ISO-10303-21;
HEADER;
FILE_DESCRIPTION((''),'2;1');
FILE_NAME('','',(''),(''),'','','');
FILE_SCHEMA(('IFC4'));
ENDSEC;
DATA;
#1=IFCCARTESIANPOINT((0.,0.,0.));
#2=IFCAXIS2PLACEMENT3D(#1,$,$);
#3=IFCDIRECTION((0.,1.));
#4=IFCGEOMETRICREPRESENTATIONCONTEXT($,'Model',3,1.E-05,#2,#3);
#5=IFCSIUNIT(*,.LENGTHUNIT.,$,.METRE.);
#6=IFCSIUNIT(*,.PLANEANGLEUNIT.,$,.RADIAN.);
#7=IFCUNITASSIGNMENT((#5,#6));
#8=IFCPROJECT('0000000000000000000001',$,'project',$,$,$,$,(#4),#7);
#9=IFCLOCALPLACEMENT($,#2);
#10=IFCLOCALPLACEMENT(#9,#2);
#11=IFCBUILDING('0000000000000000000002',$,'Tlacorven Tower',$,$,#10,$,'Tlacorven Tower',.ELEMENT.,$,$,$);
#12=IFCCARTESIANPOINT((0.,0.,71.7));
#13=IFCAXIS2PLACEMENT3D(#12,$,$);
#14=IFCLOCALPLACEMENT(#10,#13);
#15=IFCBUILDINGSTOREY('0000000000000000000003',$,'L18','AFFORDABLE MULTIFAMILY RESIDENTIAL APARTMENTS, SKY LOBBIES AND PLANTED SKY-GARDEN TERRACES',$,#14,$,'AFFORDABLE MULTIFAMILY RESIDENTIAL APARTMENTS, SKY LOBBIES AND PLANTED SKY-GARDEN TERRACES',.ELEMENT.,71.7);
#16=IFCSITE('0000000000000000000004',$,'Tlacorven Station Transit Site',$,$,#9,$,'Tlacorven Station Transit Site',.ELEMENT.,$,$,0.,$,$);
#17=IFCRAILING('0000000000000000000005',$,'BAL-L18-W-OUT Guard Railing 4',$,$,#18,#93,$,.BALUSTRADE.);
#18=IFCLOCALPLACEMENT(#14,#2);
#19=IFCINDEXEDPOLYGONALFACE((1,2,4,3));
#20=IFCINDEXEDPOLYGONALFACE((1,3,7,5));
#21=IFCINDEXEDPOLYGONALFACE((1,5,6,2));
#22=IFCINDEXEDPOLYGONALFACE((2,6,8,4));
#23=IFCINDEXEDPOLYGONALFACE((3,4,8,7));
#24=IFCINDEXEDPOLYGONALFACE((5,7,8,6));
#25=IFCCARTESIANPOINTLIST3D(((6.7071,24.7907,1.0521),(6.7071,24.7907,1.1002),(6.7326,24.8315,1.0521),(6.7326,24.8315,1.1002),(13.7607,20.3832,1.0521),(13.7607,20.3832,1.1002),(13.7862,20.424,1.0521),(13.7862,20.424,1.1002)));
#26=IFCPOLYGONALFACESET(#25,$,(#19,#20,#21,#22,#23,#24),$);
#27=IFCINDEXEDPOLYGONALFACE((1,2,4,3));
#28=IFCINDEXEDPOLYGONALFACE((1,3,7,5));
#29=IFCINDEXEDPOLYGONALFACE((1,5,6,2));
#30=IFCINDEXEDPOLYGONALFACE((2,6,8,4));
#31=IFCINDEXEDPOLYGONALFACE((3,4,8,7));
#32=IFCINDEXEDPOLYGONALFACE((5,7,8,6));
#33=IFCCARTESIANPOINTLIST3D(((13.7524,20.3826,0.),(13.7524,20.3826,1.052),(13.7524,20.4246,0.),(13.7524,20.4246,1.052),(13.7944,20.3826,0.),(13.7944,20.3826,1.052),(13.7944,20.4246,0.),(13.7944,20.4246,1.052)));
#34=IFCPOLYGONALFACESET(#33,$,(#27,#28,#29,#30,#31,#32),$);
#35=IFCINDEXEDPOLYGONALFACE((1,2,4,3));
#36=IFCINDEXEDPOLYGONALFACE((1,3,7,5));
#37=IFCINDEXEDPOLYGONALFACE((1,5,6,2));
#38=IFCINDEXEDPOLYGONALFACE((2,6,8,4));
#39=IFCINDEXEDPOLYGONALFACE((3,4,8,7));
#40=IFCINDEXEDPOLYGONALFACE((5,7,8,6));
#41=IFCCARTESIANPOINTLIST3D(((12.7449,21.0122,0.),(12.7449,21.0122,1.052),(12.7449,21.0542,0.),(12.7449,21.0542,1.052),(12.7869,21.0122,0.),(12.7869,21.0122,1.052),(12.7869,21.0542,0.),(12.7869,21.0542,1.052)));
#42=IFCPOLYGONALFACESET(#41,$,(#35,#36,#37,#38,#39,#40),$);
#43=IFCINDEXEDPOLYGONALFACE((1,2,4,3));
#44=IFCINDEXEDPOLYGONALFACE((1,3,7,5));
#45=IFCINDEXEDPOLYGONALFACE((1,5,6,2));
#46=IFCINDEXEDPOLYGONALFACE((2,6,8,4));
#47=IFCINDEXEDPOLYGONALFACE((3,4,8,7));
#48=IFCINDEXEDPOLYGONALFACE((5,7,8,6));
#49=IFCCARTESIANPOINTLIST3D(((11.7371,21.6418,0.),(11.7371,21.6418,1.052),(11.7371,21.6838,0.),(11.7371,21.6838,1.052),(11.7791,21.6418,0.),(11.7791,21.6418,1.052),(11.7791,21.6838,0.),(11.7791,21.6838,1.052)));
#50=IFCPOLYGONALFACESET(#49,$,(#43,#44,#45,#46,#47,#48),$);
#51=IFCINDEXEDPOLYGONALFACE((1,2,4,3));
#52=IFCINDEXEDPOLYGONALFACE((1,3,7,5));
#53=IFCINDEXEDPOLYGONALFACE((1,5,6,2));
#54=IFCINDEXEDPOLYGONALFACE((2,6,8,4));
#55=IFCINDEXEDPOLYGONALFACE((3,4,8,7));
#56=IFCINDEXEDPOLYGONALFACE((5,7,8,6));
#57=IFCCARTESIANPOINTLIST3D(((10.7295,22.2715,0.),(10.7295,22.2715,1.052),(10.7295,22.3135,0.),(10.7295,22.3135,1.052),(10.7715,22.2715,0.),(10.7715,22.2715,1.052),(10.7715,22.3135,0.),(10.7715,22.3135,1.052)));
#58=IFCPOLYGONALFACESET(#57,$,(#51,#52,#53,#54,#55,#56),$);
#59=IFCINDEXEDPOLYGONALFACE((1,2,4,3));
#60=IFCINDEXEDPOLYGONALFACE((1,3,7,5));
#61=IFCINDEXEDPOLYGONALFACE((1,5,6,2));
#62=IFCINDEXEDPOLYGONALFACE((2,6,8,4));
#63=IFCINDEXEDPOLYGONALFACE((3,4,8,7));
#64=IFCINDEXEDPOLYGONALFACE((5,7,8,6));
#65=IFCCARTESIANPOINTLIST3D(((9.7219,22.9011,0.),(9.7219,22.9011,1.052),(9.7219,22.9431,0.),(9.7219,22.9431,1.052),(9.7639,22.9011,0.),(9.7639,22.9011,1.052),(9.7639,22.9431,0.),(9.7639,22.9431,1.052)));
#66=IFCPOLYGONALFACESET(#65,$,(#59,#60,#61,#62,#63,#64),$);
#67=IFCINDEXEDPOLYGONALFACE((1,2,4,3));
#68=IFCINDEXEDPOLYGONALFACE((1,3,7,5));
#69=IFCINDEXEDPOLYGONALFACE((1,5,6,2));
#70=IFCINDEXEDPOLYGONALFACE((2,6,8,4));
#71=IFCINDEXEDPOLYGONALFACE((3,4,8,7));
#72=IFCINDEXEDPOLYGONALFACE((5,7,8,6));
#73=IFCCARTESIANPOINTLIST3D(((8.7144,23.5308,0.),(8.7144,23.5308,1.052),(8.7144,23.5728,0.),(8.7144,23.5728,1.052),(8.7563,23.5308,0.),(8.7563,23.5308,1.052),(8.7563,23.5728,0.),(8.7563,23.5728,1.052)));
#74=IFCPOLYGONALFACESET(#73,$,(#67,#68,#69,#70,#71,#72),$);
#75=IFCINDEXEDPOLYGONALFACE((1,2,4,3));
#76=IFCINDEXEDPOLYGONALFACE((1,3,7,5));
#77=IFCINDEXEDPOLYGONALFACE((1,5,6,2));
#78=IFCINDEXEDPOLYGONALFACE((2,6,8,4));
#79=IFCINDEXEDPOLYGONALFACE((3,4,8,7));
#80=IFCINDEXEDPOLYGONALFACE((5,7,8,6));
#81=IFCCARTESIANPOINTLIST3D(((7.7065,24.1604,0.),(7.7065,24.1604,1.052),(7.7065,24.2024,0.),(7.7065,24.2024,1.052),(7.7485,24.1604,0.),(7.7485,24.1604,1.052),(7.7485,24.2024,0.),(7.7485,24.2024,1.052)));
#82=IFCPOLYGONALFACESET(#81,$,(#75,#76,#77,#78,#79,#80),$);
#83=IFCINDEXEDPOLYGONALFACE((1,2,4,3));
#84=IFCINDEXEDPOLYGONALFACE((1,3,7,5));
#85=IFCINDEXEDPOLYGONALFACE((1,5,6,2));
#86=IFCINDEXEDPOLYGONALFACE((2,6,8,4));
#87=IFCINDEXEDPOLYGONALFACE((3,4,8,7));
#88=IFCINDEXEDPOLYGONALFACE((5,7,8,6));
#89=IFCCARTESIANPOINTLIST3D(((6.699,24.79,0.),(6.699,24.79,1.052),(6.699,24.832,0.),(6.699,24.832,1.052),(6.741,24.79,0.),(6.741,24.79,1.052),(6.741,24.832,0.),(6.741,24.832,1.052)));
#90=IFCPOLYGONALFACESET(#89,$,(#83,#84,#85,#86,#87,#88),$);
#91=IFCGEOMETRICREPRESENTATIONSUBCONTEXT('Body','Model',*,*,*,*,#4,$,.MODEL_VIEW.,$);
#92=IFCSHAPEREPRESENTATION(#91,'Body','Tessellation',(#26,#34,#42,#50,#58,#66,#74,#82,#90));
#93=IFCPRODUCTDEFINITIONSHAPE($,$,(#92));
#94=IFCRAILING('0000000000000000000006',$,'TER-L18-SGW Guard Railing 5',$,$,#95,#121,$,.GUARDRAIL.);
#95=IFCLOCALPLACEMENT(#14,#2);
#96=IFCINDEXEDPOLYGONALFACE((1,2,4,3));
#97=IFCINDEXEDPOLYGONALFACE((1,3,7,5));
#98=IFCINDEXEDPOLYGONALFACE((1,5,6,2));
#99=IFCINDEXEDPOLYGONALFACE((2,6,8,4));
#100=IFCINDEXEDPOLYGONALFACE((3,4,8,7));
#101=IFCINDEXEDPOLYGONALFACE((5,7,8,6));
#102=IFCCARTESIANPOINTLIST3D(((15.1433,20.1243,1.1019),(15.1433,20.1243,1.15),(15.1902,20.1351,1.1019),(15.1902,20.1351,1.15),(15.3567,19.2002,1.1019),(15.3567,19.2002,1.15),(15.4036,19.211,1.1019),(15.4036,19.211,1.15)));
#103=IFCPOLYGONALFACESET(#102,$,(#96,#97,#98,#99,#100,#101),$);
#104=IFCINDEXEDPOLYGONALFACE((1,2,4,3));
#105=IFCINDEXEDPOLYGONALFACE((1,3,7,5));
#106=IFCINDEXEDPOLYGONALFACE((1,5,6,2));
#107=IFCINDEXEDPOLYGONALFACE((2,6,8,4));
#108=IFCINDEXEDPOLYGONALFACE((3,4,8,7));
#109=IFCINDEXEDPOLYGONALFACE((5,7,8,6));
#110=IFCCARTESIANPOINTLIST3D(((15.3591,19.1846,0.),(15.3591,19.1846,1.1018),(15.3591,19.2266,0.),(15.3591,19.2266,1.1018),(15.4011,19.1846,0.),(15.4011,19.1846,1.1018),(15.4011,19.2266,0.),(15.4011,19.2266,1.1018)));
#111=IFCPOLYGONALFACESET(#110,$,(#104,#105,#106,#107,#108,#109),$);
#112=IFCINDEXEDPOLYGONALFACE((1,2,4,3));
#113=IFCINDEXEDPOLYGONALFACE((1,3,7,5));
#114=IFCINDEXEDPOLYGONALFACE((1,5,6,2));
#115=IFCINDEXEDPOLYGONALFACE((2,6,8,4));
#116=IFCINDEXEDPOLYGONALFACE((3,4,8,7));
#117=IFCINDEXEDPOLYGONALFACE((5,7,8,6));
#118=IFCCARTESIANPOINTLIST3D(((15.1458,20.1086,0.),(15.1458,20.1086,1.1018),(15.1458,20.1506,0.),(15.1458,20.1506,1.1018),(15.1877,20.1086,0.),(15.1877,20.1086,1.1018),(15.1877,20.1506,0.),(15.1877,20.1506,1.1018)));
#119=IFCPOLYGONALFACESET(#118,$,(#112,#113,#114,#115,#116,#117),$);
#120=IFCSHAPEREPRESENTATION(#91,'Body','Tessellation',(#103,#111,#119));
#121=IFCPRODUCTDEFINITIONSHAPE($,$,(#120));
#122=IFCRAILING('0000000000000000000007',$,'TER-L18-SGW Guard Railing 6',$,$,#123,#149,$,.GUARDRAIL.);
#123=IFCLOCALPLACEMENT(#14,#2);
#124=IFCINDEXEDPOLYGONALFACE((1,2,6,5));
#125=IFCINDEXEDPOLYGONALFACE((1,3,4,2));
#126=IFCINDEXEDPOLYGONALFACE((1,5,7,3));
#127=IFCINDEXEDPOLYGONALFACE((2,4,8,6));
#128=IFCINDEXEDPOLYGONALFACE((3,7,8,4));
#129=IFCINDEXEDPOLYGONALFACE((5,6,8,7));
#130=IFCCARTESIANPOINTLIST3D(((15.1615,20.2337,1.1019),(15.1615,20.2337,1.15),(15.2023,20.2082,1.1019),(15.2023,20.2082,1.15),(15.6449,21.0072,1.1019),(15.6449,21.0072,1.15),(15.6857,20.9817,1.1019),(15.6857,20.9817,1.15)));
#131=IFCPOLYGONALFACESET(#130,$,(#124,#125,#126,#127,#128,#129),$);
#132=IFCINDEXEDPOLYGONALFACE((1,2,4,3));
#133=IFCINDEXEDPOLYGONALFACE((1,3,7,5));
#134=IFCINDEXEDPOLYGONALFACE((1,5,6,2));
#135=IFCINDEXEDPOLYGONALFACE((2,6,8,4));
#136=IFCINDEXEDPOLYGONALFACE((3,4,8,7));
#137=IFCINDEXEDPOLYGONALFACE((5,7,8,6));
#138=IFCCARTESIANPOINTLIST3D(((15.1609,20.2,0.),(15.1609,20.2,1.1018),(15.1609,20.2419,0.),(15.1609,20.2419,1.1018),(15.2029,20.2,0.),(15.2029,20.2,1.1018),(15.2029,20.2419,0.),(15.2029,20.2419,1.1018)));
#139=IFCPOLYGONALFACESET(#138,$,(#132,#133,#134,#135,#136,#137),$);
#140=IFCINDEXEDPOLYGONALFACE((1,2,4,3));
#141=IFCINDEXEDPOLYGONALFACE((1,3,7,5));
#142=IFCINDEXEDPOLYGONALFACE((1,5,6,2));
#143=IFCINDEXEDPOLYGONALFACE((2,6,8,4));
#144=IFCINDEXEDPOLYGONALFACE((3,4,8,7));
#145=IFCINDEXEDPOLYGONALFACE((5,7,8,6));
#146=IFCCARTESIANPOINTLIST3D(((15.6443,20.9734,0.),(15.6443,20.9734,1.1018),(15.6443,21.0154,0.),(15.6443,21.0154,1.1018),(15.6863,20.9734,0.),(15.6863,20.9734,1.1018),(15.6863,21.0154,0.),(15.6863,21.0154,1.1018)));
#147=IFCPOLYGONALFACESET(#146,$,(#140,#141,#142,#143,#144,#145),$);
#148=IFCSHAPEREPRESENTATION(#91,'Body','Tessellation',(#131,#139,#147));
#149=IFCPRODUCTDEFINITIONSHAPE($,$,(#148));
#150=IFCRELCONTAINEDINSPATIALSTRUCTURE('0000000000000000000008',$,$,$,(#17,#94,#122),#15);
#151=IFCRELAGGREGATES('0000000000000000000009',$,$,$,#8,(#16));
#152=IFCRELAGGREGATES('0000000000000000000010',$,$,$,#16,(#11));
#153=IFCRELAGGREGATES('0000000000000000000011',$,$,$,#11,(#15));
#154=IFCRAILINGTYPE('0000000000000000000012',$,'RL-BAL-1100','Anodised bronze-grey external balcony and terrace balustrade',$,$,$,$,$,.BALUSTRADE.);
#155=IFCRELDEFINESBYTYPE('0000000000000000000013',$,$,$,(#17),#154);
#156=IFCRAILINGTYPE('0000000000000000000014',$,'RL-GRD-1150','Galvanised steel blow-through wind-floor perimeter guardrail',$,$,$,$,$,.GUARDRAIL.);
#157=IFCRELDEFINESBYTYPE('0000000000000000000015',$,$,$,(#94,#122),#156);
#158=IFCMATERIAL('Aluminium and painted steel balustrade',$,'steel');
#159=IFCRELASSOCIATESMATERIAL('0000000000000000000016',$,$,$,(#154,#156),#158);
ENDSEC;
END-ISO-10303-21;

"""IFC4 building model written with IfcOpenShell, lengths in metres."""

from ifc_helpers import new_model, si_unit, direction, frame, origin, origin_2d, place, context, subcontext, project, spatial, rectangle, extrude, source, transform, mapped, material, type_object, element, save


model = new_model("IFC4")

# Units and contexts
model_context = context("Model", 3, precision=1e-05, world=origin(), true_north=direction((0.0, 1.0)))
body_context = subcontext(model_context, "Body", "Model", "MODEL_VIEW")
ifc_project = project(units=[si_unit("LENGTHUNIT", "METRE"), si_unit("PLANEANGLEUNIT", "RADIAN")], contexts=[model_context])

# Site, building, storey
site_placement = place(None, origin())
site = spatial("IfcSite", under=ifc_project, at=site_placement, Name="Tlacorven Station Transit Site", LongName="Tlacorven Station Transit Site", CompositionType="ELEMENT", RefElevation=0.0)
building_placement = place(site_placement, origin())
building = spatial("IfcBuilding", under=site, at=building_placement, Name="Tlacorven Tower", LongName="Tlacorven Tower", CompositionType="ELEMENT")
storey_placement = place(building_placement, frame((0.0, 0.0, 71.7)))
storey = spatial("IfcBuildingStorey", under=building, at=storey_placement, Name="L18", Description="AFFORDABLE MULTIFAMILY RESIDENTIAL APARTMENTS, SKY LOBBIES AND PLANTED SKY-GARDEN TERRACES", LongName="AFFORDABLE MULTIFAMILY RESIDENTIAL APARTMENTS, SKY LOBBIES AND PLANTED SKY-GARDEN TERRACES", CompositionType="ELEMENT", Elevation=71.7)

# Railings
ifc_material_1 = material(Name="Aluminium and painted steel balustrade", Category="steel")
railing_type_1 = type_object("IfcRailingType", Name="RL-BAL-1100", Description="Anodised bronze-grey external balcony and terrace balustrade", PredefinedType="BALUSTRADE", material=ifc_material_1)
shared_shape_1 = source(origin(), body_context, "Body", "SweptSolid", [
    extrude(rectangle(XDim=0.0481, YDim=0.0481, at=origin_2d()), frame((0.0, 0.0, 1.0762), z_axis=(-0.848049, 0.529917, 0.0), x_axis=(-0.529917, -0.848049, 0.0)), (0.0, 0.0, 1.0), 8.3174),
    extrude(rectangle(XDim=0.042, YDim=0.042, at=origin_2d()), origin(), (0.0, 0.0, 1.0), 1.052),
    extrude(rectangle(XDim=0.042, YDim=0.042, at=origin_2d()), frame((-1.0076, 0.6296, 0.0)), (0.0, 0.0, 1.0), 1.052),
    extrude(rectangle(XDim=0.042, YDim=0.042, at=origin_2d()), frame((-2.0154, 1.2593, 0.0)), (0.0, 0.0, 1.0), 1.052),
    extrude(rectangle(XDim=0.042, YDim=0.042, at=origin_2d()), frame((-3.0229, 1.8889, 0.0)), (0.0, 0.0, 1.0), 1.052),
    extrude(rectangle(XDim=0.042, YDim=0.042, at=origin_2d()), frame((-4.0305, 2.5186, 0.0)), (0.0, 0.0, 1.0), 1.052),
    extrude(rectangle(XDim=0.042, YDim=0.042, at=origin_2d()), frame((-5.0381, 3.1482, 0.0)), (0.0, 0.0, 1.0), 1.052),
    extrude(rectangle(XDim=0.042, YDim=0.042, at=origin_2d()), frame((-6.0459, 3.7778, 0.0)), (0.0, 0.0, 1.0), 1.052),
    extrude(rectangle(XDim=0.042, YDim=0.042, at=origin_2d()), frame((-7.0535, 4.4075, 0.0)), (0.0, 0.0, 1.0), 1.052),
])
railing_1_placement = place(storey_placement, frame((13.7734, 20.4036, 0.0)))
element("IfcRailing", 1, at=railing_1_placement, inside=storey, type_object=railing_type_1, Name="BAL-L18-W-OUT Guard Railing 4", PredefinedType="BALUSTRADE", context=body_context, shape_type="MappedRepresentation", body=[
    mapped(shared_shape_1, transform((0.0, 0.0, 0.0), scale=1.0)),
])
railing_type_2 = type_object("IfcRailingType", Name="RL-GRD-1150", Description="Galvanised steel blow-through wind-floor perimeter guardrail", PredefinedType="GUARDRAIL", material=ifc_material_1)
shared_shape_2 = source(origin(), body_context, "Body", "SweptSolid", [
    extrude(rectangle(XDim=0.0481, YDim=0.0481, at=origin_2d()), frame((0.0, 0.0, 1.126), z_axis=(-0.224991, 0.974361, 0.0), x_axis=(-0.974361, -0.224991, 0.0)), (0.0, 0.0, 1.0), 0.9485),
    extrude(rectangle(XDim=0.042, YDim=0.042, at=origin_2d()), origin(), (0.0, 0.0, 1.0), 1.1018),
    extrude(rectangle(XDim=0.042, YDim=0.042, at=origin_2d()), frame((-0.2134, 0.9241, 0.0)), (0.0, 0.0, 1.0), 1.1018),
])
railing_2_placement = place(storey_placement, frame((15.3801, 19.2056, 0.0)))
element("IfcRailing", 2, at=railing_2_placement, inside=storey, type_object=railing_type_2, Name="TER-L18-SGW Guard Railing 5", PredefinedType="GUARDRAIL", context=body_context, shape_type="MappedRepresentation", body=[
    mapped(shared_shape_2, transform((0.0, 0.0, 0.0), scale=1.0)),
])
shared_shape_3 = source(origin(), body_context, "Body", "SweptSolid", [
    extrude(rectangle(XDim=0.0481, YDim=0.0481, at=origin_2d()), frame((0.0, 0.0, 1.126), z_axis=(0.529999, 0.847998, 0.0), x_axis=(-0.847998, 0.529999, 0.0)), (0.0, 0.0, 1.0), 0.9121),
    extrude(rectangle(XDim=0.042, YDim=0.042, at=origin_2d()), origin(), (0.0, 0.0, 1.0), 1.1018),
    extrude(rectangle(XDim=0.042, YDim=0.042, at=origin_2d()), frame((0.4834, 0.7734, 0.0)), (0.0, 0.0, 1.0), 1.1018),
])
railing_3_placement = place(storey_placement, frame((15.1819, 20.2209, 0.0)))
element("IfcRailing", 3, at=railing_3_placement, inside=storey, type_object=railing_type_2, Name="TER-L18-SGW Guard Railing 6", PredefinedType="GUARDRAIL", context=body_context, shape_type="MappedRepresentation", body=[
    mapped(shared_shape_3, transform((0.0, 0.0, 0.0), scale=1.0)),
])

save(model, "model.ifc")
